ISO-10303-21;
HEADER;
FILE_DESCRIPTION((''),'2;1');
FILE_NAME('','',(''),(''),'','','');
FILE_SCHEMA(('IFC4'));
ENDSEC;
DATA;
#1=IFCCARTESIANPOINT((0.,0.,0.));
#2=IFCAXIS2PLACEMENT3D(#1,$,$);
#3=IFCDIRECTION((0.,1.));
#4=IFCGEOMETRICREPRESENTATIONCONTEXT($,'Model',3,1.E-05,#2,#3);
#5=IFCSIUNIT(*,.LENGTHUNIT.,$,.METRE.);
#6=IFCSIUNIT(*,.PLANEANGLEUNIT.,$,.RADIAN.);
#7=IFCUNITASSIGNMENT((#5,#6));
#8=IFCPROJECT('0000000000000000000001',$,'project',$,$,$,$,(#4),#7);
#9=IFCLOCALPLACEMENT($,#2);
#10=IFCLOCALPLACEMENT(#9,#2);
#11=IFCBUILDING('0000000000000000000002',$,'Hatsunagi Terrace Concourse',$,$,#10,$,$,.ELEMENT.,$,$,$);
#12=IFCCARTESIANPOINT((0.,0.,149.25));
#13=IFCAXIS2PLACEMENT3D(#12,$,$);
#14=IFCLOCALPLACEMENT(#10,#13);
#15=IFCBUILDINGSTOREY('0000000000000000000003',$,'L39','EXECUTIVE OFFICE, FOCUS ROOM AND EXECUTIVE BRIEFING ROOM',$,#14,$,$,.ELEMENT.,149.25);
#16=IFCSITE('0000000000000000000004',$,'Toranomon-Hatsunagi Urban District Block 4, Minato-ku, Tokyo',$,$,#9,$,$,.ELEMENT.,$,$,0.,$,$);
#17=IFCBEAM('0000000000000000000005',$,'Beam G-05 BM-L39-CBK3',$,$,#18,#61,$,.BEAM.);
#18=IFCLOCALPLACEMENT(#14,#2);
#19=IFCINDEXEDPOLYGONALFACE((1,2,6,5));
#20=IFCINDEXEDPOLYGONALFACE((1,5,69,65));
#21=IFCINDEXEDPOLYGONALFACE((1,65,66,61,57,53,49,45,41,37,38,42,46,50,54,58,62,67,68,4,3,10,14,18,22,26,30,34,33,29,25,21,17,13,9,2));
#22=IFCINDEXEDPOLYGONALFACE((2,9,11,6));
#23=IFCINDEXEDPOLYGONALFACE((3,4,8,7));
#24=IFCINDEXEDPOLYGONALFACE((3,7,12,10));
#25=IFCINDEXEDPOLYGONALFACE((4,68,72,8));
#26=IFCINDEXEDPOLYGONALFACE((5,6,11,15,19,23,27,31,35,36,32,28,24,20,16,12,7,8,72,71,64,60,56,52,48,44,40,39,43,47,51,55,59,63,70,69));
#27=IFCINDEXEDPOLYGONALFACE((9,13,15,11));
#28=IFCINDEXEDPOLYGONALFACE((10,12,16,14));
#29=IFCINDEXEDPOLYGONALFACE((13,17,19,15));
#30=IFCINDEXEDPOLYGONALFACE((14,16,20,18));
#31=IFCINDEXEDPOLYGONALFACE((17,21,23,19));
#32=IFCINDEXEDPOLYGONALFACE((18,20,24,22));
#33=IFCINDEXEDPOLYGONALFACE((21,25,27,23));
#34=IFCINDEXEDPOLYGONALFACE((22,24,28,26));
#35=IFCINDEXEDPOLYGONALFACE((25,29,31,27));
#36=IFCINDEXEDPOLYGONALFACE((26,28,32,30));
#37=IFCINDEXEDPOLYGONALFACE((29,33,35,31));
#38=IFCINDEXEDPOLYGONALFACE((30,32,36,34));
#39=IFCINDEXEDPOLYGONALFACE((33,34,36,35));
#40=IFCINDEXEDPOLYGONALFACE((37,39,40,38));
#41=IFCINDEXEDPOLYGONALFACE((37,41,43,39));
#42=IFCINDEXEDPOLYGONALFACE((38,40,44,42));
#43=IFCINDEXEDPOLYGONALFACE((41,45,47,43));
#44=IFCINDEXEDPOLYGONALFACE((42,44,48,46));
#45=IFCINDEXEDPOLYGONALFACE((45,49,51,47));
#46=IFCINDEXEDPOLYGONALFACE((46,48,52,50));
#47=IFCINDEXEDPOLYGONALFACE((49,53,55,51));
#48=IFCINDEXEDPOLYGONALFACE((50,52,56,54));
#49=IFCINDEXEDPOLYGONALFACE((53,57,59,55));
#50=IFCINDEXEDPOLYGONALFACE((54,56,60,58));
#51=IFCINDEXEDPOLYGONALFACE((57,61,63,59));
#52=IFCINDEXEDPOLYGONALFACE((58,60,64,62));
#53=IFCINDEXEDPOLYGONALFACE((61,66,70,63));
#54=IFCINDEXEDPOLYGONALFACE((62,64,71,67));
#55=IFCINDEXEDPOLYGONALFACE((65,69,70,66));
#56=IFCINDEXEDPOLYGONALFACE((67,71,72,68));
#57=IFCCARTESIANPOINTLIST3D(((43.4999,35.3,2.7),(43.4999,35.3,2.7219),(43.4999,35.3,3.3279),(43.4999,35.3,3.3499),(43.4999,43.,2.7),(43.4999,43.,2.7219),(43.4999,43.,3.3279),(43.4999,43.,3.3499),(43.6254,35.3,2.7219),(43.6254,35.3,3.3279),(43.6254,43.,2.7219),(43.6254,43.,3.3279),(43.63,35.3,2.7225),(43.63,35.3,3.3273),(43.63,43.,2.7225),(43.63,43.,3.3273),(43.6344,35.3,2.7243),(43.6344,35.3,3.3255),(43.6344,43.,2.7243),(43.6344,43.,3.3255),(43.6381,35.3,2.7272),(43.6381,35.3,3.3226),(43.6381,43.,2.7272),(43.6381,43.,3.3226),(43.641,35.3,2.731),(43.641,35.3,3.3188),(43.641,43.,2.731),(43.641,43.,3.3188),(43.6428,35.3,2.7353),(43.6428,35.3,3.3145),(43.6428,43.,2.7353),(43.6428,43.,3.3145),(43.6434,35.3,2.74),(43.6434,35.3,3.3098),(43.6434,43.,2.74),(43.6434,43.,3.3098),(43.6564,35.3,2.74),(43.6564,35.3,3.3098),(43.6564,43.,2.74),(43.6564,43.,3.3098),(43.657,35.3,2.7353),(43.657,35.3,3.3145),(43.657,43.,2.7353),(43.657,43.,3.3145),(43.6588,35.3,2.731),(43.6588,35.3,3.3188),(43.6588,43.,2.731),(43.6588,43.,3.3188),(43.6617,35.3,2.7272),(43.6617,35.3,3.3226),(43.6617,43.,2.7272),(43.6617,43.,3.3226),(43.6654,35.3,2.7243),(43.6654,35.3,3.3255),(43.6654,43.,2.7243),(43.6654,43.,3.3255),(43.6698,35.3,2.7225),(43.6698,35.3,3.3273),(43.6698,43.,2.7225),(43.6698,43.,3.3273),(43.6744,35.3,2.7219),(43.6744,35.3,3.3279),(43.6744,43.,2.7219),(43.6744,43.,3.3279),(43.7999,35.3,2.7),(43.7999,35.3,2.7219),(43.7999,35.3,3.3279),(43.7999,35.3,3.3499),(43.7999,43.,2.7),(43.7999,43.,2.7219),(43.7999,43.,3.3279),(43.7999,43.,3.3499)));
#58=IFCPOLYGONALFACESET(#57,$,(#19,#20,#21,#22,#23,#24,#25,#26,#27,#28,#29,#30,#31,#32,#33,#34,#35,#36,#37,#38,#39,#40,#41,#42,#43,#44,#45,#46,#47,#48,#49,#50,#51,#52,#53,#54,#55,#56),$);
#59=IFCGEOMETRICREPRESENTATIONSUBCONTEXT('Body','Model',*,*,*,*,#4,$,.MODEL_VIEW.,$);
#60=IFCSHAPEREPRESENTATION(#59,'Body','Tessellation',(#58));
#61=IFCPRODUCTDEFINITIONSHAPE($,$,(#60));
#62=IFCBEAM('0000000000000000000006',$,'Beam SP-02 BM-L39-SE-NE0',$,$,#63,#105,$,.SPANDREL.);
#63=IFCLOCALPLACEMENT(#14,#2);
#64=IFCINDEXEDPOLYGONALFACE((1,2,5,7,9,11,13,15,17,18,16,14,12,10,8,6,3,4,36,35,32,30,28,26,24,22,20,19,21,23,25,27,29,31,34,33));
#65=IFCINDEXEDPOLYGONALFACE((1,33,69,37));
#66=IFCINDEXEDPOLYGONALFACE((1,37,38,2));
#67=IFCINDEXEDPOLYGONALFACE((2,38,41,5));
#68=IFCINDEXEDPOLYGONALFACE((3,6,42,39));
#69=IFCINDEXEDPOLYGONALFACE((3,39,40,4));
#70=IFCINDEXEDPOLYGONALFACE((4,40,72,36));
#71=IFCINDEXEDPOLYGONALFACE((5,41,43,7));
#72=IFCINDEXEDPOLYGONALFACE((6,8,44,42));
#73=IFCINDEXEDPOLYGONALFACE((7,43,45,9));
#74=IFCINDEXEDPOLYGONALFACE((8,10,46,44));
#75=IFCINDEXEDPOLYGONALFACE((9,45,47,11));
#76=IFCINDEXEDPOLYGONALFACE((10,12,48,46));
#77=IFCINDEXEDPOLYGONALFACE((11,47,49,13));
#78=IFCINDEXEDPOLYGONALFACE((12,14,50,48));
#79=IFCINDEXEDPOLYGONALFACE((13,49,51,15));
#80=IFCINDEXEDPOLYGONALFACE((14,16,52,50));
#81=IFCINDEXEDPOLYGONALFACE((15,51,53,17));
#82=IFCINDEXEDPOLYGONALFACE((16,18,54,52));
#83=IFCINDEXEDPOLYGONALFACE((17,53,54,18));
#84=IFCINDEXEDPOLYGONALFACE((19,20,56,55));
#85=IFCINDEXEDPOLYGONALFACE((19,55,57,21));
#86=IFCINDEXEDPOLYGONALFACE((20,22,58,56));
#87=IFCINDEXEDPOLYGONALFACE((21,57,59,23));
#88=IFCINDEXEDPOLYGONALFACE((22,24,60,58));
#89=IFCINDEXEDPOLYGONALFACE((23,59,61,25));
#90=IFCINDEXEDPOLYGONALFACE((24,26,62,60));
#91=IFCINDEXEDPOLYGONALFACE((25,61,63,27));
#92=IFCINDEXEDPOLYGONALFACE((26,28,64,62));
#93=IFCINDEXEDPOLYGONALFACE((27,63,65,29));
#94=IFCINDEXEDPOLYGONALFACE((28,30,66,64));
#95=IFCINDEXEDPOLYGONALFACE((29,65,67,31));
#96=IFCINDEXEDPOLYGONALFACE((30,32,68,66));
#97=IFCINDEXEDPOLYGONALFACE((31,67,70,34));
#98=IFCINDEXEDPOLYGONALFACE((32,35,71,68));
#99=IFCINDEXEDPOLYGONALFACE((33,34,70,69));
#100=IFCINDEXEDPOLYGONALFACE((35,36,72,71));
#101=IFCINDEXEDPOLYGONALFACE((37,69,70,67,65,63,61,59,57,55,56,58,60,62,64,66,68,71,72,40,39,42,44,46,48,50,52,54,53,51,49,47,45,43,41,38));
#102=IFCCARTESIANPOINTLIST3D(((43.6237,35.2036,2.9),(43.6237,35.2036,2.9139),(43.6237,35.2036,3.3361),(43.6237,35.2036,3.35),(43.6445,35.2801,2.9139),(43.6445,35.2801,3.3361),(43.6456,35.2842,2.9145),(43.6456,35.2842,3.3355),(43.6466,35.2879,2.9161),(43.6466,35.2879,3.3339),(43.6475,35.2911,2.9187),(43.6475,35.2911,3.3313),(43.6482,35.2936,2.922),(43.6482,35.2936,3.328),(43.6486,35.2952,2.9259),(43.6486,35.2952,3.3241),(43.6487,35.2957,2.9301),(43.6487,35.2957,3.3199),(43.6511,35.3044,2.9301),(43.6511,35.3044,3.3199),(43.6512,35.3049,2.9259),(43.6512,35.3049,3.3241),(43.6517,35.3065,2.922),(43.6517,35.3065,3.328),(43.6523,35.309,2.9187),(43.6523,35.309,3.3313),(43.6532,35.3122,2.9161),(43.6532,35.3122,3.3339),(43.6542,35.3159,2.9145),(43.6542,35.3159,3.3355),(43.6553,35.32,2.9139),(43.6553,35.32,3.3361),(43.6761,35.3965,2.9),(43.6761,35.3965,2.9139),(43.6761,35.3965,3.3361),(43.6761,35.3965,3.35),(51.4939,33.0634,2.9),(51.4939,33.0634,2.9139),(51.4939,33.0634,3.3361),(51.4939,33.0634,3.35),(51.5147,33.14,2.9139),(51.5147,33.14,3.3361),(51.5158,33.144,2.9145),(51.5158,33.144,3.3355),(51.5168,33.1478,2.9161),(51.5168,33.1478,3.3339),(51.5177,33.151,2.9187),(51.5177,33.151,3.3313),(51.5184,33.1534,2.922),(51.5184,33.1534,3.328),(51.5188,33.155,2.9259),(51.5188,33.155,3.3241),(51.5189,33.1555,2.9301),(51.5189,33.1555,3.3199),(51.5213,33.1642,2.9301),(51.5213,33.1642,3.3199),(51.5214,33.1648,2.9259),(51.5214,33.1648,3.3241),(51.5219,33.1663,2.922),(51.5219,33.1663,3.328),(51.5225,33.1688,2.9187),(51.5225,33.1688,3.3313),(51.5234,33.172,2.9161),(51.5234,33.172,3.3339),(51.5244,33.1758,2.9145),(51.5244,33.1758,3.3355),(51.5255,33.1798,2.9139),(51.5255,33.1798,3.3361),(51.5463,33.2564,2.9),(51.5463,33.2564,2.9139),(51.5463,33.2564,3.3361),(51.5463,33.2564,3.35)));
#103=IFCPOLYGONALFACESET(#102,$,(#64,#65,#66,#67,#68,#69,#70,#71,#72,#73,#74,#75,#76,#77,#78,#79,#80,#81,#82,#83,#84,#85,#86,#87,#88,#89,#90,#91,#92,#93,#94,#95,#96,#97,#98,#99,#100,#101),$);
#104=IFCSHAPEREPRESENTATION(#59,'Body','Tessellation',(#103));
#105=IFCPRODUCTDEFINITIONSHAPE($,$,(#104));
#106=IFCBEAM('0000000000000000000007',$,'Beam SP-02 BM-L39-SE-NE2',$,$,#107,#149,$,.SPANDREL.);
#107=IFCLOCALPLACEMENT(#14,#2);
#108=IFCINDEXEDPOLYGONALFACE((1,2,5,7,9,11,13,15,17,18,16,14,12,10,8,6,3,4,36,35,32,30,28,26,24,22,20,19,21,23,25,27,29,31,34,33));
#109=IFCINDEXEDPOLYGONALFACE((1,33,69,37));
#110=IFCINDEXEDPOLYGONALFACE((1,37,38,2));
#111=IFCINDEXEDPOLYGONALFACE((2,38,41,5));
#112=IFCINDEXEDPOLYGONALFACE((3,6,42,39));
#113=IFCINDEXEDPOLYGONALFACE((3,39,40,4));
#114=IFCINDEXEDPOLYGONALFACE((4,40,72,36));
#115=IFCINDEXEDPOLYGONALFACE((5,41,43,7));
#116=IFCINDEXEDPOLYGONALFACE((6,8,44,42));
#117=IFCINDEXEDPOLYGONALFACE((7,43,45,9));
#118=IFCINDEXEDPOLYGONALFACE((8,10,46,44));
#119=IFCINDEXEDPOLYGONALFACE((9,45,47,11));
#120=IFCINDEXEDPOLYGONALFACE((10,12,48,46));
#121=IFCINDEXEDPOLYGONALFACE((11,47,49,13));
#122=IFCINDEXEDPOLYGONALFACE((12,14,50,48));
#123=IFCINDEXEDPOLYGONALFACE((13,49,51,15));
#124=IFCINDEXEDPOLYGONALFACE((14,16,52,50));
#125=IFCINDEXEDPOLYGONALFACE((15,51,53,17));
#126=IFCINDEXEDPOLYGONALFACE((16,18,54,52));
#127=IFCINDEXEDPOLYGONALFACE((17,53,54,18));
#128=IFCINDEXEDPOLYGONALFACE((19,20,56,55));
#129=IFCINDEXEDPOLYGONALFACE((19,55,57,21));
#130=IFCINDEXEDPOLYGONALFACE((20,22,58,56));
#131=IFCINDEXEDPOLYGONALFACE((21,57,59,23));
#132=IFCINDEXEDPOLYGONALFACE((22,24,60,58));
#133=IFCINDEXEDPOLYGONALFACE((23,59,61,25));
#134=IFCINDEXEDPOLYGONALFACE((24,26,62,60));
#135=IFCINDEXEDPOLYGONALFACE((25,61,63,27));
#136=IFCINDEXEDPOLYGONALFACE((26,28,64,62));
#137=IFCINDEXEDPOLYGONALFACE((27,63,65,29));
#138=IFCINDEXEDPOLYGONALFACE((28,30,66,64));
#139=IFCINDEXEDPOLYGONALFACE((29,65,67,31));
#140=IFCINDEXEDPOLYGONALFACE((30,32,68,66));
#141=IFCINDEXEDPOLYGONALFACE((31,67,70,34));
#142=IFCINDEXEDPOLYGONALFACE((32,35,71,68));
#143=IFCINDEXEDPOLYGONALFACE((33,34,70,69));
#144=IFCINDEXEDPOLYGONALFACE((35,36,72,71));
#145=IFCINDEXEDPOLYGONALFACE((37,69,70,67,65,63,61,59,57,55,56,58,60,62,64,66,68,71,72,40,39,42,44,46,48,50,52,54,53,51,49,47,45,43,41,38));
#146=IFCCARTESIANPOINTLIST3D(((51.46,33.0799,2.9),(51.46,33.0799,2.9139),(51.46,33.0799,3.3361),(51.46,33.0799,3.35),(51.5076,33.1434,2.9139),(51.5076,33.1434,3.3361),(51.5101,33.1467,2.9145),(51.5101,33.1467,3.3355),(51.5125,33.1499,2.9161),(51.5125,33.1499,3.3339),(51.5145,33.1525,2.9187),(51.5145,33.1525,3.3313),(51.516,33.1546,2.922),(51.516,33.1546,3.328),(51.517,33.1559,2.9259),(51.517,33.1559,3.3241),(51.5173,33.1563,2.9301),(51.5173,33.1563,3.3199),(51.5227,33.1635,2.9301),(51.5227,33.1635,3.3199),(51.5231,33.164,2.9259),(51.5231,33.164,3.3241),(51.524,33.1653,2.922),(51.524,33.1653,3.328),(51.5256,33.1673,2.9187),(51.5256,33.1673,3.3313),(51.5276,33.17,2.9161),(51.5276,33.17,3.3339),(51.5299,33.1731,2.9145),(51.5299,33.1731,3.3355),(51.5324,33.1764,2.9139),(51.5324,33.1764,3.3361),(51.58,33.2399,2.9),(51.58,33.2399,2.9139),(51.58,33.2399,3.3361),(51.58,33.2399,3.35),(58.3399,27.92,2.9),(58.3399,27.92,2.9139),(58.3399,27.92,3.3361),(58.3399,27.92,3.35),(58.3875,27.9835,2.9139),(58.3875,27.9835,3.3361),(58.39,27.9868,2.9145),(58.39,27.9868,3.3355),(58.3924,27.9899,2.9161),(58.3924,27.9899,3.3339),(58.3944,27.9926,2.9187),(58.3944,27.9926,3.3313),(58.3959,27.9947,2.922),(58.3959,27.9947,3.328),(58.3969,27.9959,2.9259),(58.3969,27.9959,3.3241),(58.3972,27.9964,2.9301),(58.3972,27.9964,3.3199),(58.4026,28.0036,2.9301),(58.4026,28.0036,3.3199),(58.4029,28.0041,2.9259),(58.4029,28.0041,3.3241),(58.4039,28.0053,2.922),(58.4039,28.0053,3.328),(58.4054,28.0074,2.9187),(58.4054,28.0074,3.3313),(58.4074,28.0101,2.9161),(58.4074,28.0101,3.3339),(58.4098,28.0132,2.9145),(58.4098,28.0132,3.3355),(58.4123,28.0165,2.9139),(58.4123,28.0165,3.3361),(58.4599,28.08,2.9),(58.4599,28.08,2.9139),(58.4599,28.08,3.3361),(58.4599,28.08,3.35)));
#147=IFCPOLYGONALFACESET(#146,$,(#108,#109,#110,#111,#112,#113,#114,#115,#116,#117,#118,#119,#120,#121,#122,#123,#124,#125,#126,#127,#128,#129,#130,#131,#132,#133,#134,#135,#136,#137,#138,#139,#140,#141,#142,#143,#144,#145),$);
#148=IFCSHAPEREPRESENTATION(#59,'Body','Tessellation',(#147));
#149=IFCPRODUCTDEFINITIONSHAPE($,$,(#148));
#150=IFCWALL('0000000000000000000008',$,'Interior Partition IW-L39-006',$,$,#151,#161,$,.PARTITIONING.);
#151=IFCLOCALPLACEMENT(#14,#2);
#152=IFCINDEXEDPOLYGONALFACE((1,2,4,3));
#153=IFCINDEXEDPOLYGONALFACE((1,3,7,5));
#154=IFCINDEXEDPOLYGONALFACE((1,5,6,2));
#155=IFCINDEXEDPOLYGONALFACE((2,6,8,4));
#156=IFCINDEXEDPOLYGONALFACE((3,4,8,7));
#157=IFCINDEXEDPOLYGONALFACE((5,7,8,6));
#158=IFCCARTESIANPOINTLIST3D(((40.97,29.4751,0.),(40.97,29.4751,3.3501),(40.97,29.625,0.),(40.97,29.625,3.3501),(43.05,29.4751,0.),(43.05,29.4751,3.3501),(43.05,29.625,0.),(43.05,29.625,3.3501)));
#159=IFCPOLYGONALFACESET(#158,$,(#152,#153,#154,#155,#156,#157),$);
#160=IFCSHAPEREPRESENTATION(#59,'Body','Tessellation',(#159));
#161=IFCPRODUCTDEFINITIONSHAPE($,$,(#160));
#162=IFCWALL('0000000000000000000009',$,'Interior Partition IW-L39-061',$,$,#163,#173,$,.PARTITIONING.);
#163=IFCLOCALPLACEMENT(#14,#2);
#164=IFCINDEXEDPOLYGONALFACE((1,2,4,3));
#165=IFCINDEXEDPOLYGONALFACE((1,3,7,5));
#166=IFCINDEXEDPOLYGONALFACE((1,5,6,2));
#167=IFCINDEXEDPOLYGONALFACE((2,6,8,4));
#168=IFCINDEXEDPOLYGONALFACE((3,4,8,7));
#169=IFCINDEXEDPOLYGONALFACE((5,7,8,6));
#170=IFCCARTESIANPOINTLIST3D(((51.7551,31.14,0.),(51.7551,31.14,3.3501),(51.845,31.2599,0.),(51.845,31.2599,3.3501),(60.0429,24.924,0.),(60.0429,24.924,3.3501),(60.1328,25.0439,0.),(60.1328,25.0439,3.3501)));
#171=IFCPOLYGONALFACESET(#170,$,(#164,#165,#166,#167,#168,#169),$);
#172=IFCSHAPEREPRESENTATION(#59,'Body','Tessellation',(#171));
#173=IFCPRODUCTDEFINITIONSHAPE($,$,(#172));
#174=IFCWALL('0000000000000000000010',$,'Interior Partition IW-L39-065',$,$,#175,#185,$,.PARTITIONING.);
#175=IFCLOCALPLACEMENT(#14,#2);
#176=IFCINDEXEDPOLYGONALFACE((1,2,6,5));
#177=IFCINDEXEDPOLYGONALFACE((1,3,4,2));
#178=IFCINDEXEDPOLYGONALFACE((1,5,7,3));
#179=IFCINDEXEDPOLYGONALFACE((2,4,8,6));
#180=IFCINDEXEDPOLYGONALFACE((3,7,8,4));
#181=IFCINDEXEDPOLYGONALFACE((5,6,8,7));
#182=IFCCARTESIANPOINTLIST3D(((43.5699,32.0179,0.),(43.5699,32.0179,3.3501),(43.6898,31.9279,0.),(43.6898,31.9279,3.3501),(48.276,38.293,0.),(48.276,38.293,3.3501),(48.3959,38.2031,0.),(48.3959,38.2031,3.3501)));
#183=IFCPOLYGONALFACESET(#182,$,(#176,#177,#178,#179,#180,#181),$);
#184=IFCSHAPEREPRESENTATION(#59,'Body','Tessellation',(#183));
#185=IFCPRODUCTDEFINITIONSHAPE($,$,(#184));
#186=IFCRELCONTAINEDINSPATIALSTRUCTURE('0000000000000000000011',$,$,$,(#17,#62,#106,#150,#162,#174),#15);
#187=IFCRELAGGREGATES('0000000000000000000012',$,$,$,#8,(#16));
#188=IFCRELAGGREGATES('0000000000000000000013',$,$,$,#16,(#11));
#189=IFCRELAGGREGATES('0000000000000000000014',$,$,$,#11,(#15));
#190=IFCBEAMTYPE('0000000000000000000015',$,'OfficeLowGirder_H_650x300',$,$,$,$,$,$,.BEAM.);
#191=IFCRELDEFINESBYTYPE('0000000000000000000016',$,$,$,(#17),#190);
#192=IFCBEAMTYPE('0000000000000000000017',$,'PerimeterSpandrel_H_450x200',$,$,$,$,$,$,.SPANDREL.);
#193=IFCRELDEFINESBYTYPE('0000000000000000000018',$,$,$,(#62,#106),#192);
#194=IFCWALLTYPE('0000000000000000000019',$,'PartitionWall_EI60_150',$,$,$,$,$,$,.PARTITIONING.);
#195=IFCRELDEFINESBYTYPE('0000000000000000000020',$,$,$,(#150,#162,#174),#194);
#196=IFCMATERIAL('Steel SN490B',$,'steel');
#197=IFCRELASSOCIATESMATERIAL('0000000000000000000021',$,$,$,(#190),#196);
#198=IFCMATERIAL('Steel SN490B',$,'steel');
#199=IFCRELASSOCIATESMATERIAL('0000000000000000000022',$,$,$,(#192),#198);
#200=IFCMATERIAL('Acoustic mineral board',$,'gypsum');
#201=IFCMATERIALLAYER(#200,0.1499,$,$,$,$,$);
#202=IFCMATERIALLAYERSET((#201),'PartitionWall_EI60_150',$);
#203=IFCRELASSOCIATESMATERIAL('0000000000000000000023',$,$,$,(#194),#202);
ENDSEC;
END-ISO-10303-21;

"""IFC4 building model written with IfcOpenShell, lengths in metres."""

from ifc_helpers import new_model, si_unit, direction, frame, frame_2d, origin, origin_2d, place, context, subcontext, project, spatial, rectangle, i_section, extrude, material, layer, layer_set, material_profile, profile_set, type_object, element, save


model = new_model("IFC4")

# Units and contexts
model_context = context("Model", 3, precision=1e-05, world=origin(), true_north=direction((0.0, 1.0)))
body_context = subcontext(model_context, "Body", "Model", "MODEL_VIEW")
ifc_project = project(units=[si_unit("LENGTHUNIT", "METRE"), si_unit("PLANEANGLEUNIT", "RADIAN")], contexts=[model_context])

# Site, building, storey
site_placement = place(None, origin())
site = spatial("IfcSite", under=ifc_project, at=site_placement, Name="Toranomon-Hatsunagi Urban District Block 4, Minato-ku, Tokyo", CompositionType="ELEMENT", RefElevation=0.0)
building_placement = place(site_placement, origin())
building = spatial("IfcBuilding", under=site, at=building_placement, Name="Hatsunagi Terrace Concourse", CompositionType="ELEMENT")
storey_placement = place(building_placement, frame((0.0, 0.0, 149.25)))
storey = spatial("IfcBuildingStorey", under=building, at=storey_placement, Name="L39", Description="EXECUTIVE OFFICE, FOCUS ROOM AND EXECUTIVE BRIEFING ROOM", CompositionType="ELEMENT", Elevation=149.25)

# Beams
ifc_material_1 = material(Name="Steel SN490B", Category="steel")
ifc_material_profile_1 = material_profile(ifc_material_1, i_section(OverallWidth=0.3, OverallDepth=0.6499, WebThickness=0.0129, FlangeThickness=0.022, FilletRadius=0.0181, at=origin_2d()), Name="H-650x300x13x22")
ifc_profile_set_1 = profile_set([ifc_material_profile_1], Name="Steel SN490B")
beam_type_1 = type_object("IfcBeamType", Name="OfficeLowGirder_H_650x300", PredefinedType="BEAM", material=ifc_profile_set_1)
beam_1_placement = place(storey_placement, frame((43.6499, 35.3, 3.0249), z_axis=(0.0, 1.0, 0.0), x_axis=(-1.0, 0.0, 0.0)))
element("IfcBeam", 1, at=beam_1_placement, inside=storey, type_object=beam_type_1, Name="Beam G-05 BM-L39-CBK3", PredefinedType="BEAM", context=body_context, shape_type="SweptSolid", body=[
    extrude(i_section(OverallWidth=0.3, OverallDepth=0.6499, WebThickness=0.0129, FlangeThickness=0.022, FilletRadius=0.0181, at=origin_2d()), origin(), (0.0, 0.0, 1.0), 7.7),
])
ifc_material_2 = material(Name="Steel SN490B", Category="steel")
ifc_material_profile_2 = material_profile(ifc_material_2, i_section(OverallWidth=0.2, OverallDepth=0.45, WebThickness=0.009, FlangeThickness=0.0139, FilletRadius=0.0161, at=origin_2d()), Name="H-450x200x9x14")
ifc_profile_set_2 = profile_set([ifc_material_profile_2], Name="Steel SN490B")
beam_type_2 = type_object("IfcBeamType", Name="PerimeterSpandrel_H_450x200", PredefinedType="SPANDREL", material=ifc_profile_set_2)
beam_2_placement = place(storey_placement, frame((43.6499, 35.3, 3.125), z_axis=(0.964958, -0.262403, 0.0), x_axis=(0.262403, 0.964958, 0.0)))
element("IfcBeam", 2, at=beam_2_placement, inside=storey, type_object=beam_type_2, Name="Beam SP-02 BM-L39-SE-NE0", PredefinedType="SPANDREL", context=body_context, shape_type="SweptSolid", body=[
    extrude(i_section(OverallWidth=0.2, OverallDepth=0.45, WebThickness=0.009, FlangeThickness=0.0139, FilletRadius=0.0161, at=origin_2d()), origin(), (0.0, 0.0, 1.0), 8.156),
])
beam_3_placement = place(storey_placement, frame((51.52, 33.1599, 3.125), z_axis=(0.8, -0.6, 0.0), x_axis=(0.6, 0.8, 0.0)))
element("IfcBeam", 3, at=beam_3_placement, inside=storey, type_object=beam_type_2, Name="Beam SP-02 BM-L39-SE-NE2", PredefinedType="SPANDREL", context=body_context, shape_type="SweptSolid", body=[
    extrude(i_section(OverallWidth=0.2, OverallDepth=0.45, WebThickness=0.009, FlangeThickness=0.0139, FilletRadius=0.0161, at=origin_2d()), origin(), (0.0, 0.0, 1.0), 8.5999),
])

# Walls
ifc_material_3 = material(Name="Acoustic mineral board", Category="gypsum")
ifc_layer_1 = layer(ifc_material_3, 0.1499)
ifc_layer_set_1 = layer_set([ifc_layer_1], Name="PartitionWall_EI60_150")
wall_type_1 = type_object("IfcWallType", Name="PartitionWall_EI60_150", PredefinedType="PARTITIONING", material=ifc_layer_set_1)
wall_1_placement = place(storey_placement, frame((40.97, 29.55, 0.0), z_axis=(0.0, 0.0, 1.0), x_axis=(1.0, 0.0, 0.0)))
element("IfcWall", 4, at=wall_1_placement, inside=storey, type_object=wall_type_1, Name="Interior Partition IW-L39-006", PredefinedType="PARTITIONING", context=body_context, shape_type="SweptSolid", body=[
    extrude(rectangle(XDim=2.0801, YDim=0.1499, at=frame_2d((1.04, 0.0))), origin(), (0.0, 0.0, 1.0), 3.3501),
])
wall_2_placement = place(storey_placement, frame((51.8, 31.2, 0.0), z_axis=(0.0, 0.0, 1.0), x_axis=(0.799992, -0.600011, 0.0)))
element("IfcWall", 5, at=wall_2_placement, inside=storey, type_object=wall_type_1, Name="Interior Partition IW-L39-061", PredefinedType="PARTITIONING", context=body_context, shape_type="SweptSolid", body=[
    extrude(rectangle(XDim=10.3599, YDim=0.1499, at=frame_2d((5.1799, 0.0))), origin(), (0.0, 0.0, 1.0), 3.3501),
])

# Wall
wall_3_placement = place(storey_placement, frame((43.6299, 31.9729, 0.0), z_axis=(0.0, 0.0, 1.0), x_axis=(0.599975, 0.800019, 0.0)))
element("IfcWall", 6, at=wall_3_placement, inside=storey, type_object=wall_type_1, Name="Interior Partition IW-L39-065", PredefinedType="PARTITIONING", context=body_context, shape_type="SweptSolid", body=[
    extrude(rectangle(XDim=7.8438, YDim=0.1499, at=frame_2d((3.9219, 0.0))), origin(), (0.0, 0.0, 1.0), 3.3501),
])

save(model, "model.ifc")
